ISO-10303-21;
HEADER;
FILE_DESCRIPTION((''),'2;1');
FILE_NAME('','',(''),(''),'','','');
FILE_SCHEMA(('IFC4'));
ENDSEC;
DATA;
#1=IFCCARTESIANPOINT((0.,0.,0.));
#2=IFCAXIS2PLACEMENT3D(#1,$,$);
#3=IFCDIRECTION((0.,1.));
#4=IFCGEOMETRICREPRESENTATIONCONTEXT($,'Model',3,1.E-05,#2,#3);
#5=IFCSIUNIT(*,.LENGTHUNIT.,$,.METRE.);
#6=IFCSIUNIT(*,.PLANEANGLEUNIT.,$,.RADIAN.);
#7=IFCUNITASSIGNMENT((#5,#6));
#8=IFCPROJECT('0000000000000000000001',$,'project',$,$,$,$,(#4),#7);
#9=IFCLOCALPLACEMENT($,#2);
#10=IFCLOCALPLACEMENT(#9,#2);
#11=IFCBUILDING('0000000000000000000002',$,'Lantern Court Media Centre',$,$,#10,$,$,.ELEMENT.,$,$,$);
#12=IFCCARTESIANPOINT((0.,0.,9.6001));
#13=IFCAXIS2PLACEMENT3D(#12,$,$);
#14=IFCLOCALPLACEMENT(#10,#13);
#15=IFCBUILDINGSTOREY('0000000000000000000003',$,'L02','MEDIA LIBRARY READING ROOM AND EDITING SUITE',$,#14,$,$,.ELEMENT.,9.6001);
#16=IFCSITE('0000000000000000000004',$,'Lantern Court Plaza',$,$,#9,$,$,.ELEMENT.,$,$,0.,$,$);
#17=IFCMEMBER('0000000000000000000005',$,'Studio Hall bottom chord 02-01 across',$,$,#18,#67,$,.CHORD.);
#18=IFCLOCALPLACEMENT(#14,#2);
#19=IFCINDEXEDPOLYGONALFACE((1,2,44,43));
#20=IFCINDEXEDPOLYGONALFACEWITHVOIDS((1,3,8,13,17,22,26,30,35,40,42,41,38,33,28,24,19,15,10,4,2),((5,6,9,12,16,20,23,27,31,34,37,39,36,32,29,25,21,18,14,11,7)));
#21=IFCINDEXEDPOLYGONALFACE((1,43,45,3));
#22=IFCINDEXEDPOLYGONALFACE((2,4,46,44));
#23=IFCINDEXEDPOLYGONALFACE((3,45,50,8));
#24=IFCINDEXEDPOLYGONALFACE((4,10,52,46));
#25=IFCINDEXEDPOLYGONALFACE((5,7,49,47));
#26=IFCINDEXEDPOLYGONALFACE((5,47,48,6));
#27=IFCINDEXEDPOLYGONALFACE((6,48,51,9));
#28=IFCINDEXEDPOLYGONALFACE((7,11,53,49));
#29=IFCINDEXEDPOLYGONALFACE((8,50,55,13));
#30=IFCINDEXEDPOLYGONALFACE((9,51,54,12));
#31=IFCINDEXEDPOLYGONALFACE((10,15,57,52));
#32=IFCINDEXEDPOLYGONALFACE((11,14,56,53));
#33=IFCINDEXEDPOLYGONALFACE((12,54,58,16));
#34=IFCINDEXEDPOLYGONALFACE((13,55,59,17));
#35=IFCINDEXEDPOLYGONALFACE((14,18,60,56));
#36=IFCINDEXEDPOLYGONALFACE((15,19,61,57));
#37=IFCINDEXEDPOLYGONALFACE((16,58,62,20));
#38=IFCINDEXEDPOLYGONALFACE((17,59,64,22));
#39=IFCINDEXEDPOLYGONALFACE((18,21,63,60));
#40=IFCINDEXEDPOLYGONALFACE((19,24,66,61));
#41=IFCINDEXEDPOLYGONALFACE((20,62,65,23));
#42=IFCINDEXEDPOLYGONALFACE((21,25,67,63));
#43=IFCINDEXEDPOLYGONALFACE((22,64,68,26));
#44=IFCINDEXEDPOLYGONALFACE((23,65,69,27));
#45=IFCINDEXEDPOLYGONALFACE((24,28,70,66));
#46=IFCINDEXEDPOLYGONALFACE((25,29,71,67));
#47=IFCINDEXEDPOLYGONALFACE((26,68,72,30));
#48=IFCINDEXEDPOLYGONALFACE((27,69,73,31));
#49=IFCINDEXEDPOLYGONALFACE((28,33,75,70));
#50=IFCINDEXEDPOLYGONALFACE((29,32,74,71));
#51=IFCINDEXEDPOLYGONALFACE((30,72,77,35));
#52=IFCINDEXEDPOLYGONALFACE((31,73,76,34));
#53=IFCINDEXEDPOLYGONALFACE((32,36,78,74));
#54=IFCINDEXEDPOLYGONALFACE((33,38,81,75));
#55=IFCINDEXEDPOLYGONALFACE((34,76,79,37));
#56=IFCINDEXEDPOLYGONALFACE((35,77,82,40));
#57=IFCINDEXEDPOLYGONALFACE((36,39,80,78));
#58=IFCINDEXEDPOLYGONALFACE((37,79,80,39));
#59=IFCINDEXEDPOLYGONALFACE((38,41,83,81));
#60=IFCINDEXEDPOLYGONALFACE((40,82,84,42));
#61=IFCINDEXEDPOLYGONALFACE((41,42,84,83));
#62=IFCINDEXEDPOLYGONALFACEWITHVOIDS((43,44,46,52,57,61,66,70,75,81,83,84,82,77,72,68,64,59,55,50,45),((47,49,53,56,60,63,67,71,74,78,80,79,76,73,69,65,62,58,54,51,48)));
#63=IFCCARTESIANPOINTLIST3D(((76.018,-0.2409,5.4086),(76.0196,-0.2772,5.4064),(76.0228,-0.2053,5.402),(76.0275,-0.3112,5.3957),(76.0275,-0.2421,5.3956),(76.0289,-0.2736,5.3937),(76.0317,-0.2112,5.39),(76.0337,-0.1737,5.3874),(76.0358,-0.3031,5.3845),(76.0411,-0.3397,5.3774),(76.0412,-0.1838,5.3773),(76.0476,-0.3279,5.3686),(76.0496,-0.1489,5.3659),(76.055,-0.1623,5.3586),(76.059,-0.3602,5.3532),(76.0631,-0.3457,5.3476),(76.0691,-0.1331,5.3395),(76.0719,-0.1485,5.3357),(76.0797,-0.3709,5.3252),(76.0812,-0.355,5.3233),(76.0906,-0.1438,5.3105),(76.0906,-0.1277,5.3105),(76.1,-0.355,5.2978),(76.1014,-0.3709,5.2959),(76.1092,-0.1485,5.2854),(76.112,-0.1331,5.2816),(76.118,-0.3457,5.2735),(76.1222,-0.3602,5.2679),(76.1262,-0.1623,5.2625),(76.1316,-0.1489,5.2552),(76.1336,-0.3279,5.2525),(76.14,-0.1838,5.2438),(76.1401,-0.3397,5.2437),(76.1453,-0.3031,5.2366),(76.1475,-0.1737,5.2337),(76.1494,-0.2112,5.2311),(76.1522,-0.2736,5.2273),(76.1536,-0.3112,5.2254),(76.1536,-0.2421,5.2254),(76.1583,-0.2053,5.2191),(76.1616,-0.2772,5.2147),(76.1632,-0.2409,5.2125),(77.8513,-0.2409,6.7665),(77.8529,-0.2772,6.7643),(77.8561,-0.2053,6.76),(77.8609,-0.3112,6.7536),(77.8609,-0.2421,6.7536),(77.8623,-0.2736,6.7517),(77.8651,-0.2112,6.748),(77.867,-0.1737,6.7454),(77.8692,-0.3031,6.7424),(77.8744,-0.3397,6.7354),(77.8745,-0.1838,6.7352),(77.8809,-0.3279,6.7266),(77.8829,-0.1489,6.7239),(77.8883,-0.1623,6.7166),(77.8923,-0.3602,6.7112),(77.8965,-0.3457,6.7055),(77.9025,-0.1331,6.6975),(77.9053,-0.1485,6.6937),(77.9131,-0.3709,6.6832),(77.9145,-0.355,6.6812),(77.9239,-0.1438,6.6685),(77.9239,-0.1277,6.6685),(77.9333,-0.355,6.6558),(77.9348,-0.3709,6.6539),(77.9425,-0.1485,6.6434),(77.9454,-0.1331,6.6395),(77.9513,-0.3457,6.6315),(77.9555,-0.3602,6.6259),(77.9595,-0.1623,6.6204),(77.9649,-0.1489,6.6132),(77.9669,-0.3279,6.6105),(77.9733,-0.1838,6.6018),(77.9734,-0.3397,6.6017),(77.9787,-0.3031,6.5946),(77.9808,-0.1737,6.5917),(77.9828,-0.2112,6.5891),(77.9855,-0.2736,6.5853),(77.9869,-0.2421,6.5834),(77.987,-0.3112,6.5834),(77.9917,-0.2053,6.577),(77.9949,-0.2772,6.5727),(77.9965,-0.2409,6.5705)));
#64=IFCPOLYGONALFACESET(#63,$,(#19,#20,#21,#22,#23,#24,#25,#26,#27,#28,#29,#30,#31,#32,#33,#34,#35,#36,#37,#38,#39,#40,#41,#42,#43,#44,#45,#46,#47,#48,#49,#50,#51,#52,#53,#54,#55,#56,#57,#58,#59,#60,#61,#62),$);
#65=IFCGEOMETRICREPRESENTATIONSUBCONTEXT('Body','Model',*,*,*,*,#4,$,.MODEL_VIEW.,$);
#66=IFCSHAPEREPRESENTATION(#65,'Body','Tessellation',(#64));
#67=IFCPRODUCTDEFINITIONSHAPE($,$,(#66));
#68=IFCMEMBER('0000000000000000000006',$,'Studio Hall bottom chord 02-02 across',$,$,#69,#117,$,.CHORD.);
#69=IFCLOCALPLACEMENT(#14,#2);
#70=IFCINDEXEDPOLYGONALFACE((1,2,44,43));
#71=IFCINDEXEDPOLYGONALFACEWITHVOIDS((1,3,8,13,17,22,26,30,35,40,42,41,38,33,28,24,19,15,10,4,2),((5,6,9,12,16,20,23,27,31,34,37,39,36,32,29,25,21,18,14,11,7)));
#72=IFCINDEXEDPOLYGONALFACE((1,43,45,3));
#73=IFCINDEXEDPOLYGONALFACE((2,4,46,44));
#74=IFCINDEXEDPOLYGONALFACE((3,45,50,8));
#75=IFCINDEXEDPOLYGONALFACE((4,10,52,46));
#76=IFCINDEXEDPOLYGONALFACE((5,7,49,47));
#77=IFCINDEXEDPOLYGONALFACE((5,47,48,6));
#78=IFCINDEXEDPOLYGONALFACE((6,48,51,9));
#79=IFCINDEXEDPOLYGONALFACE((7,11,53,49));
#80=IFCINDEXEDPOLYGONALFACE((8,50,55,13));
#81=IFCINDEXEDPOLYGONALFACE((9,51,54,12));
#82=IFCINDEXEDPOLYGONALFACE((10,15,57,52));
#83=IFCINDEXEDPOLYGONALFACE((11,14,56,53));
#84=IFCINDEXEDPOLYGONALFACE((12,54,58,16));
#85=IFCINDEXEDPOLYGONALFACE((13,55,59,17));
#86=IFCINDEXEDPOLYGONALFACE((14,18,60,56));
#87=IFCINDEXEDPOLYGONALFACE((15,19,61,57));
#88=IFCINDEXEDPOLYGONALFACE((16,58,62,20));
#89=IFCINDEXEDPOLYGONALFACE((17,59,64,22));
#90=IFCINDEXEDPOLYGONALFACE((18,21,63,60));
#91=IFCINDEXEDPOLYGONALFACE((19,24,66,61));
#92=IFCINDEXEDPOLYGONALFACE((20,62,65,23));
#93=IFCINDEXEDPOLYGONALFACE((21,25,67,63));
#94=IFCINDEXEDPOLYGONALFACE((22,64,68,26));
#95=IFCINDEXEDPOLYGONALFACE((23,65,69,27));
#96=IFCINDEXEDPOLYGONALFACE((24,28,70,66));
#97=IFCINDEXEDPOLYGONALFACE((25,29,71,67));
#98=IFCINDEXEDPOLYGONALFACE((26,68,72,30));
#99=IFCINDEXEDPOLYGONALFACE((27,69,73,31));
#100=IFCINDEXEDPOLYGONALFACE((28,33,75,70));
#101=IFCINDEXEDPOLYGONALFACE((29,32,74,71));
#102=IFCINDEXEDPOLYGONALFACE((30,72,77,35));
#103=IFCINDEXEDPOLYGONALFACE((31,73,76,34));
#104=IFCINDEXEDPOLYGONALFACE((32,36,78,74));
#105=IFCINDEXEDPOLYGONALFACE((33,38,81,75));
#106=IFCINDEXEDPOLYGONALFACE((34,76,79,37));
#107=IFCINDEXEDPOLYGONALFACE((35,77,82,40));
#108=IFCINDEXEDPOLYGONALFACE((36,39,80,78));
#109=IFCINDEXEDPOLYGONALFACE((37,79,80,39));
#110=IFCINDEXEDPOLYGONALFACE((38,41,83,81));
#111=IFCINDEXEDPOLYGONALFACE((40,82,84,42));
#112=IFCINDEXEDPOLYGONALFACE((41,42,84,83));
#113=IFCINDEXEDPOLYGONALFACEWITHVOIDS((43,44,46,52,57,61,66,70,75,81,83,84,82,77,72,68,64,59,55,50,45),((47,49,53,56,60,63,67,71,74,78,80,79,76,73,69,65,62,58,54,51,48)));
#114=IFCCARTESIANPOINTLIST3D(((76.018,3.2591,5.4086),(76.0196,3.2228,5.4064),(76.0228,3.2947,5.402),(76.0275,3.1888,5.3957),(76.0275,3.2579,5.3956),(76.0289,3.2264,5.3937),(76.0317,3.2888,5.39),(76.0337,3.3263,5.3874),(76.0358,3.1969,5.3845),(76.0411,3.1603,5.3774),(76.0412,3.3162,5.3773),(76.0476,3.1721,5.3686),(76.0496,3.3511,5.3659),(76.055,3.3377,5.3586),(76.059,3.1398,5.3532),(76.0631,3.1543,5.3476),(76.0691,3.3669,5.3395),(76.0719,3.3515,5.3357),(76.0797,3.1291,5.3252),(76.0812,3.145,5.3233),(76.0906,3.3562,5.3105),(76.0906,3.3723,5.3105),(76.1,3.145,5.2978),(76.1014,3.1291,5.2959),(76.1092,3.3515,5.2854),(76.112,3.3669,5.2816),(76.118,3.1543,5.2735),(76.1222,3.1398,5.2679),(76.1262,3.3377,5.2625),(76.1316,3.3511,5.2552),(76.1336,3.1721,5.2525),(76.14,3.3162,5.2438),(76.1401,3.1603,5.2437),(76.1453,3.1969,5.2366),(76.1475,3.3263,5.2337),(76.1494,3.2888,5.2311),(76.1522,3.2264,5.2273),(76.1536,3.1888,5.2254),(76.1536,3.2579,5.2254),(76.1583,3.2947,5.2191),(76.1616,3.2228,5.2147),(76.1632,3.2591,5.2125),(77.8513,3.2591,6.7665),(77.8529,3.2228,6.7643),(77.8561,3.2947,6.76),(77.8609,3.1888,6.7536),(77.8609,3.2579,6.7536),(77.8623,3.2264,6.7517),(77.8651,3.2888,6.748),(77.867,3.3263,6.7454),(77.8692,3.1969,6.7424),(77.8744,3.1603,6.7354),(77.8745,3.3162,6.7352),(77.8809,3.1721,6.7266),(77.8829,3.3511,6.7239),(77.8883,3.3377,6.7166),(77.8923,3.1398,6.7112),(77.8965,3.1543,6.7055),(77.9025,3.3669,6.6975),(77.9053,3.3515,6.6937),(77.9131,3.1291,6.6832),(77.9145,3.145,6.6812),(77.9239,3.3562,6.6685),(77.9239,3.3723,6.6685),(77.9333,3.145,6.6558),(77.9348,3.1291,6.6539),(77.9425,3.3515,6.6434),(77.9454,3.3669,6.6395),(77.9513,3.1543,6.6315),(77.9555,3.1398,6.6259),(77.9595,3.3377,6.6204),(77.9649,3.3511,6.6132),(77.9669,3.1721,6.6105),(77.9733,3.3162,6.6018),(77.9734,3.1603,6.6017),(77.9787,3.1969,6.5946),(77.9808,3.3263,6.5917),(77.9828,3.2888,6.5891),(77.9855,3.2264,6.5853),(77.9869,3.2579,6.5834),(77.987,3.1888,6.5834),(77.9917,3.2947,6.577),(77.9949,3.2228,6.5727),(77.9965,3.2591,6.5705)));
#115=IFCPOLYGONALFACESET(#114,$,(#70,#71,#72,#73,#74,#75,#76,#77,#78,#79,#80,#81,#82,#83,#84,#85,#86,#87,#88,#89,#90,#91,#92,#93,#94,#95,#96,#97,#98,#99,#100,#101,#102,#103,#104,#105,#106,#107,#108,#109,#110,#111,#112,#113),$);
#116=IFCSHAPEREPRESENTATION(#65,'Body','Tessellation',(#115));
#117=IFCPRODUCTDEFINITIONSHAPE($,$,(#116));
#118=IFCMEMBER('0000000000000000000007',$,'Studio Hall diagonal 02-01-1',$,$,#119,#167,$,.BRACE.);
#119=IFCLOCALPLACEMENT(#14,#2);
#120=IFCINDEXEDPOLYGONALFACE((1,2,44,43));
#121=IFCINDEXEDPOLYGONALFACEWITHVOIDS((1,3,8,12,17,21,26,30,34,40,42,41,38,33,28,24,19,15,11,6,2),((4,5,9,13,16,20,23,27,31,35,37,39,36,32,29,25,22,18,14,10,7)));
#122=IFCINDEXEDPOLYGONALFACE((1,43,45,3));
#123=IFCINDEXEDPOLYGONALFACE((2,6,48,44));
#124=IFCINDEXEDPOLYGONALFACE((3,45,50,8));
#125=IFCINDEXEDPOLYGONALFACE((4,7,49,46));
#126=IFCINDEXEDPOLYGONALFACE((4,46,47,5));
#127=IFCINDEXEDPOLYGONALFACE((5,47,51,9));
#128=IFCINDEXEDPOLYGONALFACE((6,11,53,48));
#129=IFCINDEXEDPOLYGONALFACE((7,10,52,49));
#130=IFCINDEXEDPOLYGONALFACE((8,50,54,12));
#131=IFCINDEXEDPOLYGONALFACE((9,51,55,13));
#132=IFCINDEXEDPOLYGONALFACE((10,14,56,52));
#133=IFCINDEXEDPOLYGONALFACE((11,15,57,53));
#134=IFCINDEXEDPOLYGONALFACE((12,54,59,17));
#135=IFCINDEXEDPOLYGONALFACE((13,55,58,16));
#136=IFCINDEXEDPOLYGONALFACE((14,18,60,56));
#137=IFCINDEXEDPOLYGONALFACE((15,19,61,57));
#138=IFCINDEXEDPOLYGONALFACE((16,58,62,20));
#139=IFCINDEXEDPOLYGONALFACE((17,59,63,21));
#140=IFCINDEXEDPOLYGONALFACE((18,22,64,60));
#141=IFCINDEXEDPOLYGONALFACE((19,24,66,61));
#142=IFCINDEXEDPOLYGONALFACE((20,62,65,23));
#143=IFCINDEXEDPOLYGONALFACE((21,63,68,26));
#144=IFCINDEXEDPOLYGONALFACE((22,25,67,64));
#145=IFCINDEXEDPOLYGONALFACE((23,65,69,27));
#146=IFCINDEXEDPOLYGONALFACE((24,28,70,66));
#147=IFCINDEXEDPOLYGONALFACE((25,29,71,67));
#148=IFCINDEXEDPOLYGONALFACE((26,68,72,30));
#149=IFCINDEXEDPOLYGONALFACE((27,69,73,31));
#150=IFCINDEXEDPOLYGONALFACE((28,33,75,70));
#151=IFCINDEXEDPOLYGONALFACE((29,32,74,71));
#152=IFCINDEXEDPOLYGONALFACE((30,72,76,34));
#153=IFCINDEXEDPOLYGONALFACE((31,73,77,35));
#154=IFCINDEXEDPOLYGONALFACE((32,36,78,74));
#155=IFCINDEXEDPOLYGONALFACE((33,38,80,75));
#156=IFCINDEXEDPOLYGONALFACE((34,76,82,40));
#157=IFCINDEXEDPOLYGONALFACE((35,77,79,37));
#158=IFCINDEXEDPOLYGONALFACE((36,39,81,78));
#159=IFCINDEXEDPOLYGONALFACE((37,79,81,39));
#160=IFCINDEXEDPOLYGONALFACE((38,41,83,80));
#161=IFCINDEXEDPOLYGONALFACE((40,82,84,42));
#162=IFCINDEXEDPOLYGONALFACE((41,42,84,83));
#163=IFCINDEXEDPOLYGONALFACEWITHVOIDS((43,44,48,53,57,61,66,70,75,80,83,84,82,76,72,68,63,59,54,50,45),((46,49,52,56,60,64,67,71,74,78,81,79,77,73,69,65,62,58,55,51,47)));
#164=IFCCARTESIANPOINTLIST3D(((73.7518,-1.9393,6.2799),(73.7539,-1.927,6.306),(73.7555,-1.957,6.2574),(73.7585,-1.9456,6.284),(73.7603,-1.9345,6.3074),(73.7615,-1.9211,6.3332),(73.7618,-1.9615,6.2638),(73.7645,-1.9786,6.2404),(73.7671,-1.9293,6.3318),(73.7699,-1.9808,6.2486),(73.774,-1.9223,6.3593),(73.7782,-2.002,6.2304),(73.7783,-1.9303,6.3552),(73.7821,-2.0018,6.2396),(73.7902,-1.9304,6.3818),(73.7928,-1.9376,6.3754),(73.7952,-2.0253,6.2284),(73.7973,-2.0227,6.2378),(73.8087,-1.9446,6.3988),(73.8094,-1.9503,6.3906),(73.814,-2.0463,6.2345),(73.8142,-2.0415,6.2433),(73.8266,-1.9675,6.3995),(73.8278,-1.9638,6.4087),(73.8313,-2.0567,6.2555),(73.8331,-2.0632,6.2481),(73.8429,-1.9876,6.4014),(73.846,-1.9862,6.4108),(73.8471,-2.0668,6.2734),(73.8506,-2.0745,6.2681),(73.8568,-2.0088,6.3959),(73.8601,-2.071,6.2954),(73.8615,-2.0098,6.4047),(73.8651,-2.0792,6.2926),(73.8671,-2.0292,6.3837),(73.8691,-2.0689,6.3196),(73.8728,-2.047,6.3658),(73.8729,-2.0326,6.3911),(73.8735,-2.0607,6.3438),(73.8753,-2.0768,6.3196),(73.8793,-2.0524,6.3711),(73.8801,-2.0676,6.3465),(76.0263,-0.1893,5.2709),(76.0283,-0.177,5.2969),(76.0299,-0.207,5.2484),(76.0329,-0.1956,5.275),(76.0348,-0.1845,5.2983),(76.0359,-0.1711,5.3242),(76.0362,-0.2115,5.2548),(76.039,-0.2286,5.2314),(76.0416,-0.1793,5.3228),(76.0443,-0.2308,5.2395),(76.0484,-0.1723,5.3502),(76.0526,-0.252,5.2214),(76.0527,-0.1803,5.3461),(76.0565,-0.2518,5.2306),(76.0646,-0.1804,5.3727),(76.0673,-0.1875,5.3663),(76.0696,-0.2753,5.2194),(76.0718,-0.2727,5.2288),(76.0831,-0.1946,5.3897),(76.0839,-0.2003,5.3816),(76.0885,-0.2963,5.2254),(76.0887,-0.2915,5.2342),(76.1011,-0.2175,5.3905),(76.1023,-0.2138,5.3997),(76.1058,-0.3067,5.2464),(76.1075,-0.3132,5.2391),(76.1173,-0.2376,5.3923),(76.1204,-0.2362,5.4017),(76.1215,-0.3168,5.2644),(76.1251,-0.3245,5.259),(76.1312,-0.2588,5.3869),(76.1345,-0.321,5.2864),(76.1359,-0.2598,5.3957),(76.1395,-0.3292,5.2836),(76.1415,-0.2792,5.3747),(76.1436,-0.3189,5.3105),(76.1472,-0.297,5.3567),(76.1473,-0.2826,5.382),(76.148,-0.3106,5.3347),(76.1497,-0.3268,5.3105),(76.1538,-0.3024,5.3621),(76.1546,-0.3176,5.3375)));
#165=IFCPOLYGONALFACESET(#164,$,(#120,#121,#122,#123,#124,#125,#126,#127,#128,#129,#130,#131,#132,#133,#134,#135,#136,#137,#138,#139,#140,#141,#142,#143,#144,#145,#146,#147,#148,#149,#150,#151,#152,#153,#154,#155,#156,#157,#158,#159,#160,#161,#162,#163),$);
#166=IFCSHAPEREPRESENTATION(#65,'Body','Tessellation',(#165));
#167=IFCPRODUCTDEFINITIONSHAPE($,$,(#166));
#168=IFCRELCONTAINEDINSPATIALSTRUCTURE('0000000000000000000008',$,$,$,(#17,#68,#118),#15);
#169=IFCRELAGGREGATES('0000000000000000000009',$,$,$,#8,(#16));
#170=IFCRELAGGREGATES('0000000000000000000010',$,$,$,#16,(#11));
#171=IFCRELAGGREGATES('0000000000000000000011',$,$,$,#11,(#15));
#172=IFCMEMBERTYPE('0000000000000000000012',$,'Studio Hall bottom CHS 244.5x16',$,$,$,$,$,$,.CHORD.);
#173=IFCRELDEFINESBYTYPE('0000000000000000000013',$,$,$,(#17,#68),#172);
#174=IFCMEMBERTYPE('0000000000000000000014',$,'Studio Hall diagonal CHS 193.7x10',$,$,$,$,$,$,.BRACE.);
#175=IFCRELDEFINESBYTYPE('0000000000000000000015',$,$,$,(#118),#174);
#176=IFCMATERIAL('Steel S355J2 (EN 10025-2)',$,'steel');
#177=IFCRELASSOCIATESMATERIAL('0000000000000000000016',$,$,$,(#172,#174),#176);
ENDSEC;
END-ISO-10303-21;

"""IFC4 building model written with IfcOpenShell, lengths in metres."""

from ifc_helpers import new_model, si_unit, direction, frame, origin, origin_2d, place, context, subcontext, project, spatial, hollow_circle, extrude, material, material_profile, profile_set, type_object, element, save


model = new_model("IFC4")

# Units and contexts
model_context = context("Model", 3, precision=1e-05, world=origin(), true_north=direction((0.0, 1.0)))
body_context = subcontext(model_context, "Body", "Model", "MODEL_VIEW")
ifc_project = project(units=[si_unit("LENGTHUNIT", "METRE"), si_unit("PLANEANGLEUNIT", "RADIAN")], contexts=[model_context])

# Site, building, storey
site_placement = place(None, origin())
site = spatial("IfcSite", under=ifc_project, at=site_placement, Name="Lantern Court Plaza", CompositionType="ELEMENT", RefElevation=0.0)
building_placement = place(site_placement, origin())
building = spatial("IfcBuilding", under=site, at=building_placement, Name="Lantern Court Media Centre", CompositionType="ELEMENT")
storey_placement = place(building_placement, frame((0.0, 0.0, 9.6001)))
storey = spatial("IfcBuildingStorey", under=building, at=storey_placement, Name="L02", Description="MEDIA LIBRARY READING ROOM AND EDITING SUITE", CompositionType="ELEMENT", Elevation=9.6001)

# Members
ifc_material_1 = material(Name="Steel S355J2 (EN 10025-2)", Category="steel")
ifc_material_profile_1 = material_profile(ifc_material_1, hollow_circle(Radius=0.1223, WallThickness=0.0161, at=origin_2d()), Name="Studio Hall bottom CHS 244.5x16")
ifc_profile_set_1 = profile_set([ifc_material_profile_1], Name="Steel S355J2 (EN 10025-2)")
member_type_1 = type_object("IfcMemberType", Name="Studio Hall bottom CHS 244.5x16", PredefinedType="CHORD", material=ifc_profile_set_1)
for number, where, z_axis, x_axis, name in (
    (1, (76.0906, -0.25, 5.3105), (0.803569, 0.0, 0.595212), (0.0, 1.0, 0.0), "Studio Hall bottom chord 02-01 across"),
    (2, (76.0906, 3.25, 5.3105), (0.803569, 0.0, 0.595212), (0.0, 1.0, 0.0), "Studio Hall bottom chord 02-02 across"),
):
    element("IfcMember", number, at=place(storey_placement, frame(where, z_axis=z_axis, x_axis=x_axis)), inside=storey, type_object=member_type_1, Name=name, PredefinedType="CHORD", context=body_context, shape_type="SweptSolid", body=[
        extrude(hollow_circle(Radius=0.1223, WallThickness=0.0161, at=origin_2d()), origin(), (0.0, 0.0, 1.0), 2.2815),
    ])
ifc_material_profile_2 = material_profile(ifc_material_1, hollow_circle(Radius=0.0969, WallThickness=0.01, at=origin_2d()), Name="Studio Hall diagonal CHS 193.7x10")
ifc_profile_set_2 = profile_set([ifc_material_profile_2], Name="Steel S355J2 (EN 10025-2)")
member_type_2 = type_object("IfcMemberType", Name="Studio Hall diagonal CHS 193.7x10", PredefinedType="BRACE", material=ifc_profile_set_2)
for number, where, z_axis, x_axis, name in (
    (3, (76.0906, -0.25, 5.3105), (-0.747677, -0.575284, 0.331703), (0.609809, -0.792548, 0.0), "Studio Hall diagonal 02-01-1"),
):
    element("IfcMember", number, at=place(storey_placement, frame(where, z_axis=z_axis, x_axis=x_axis)), inside=storey, type_object=member_type_2, Name=name, PredefinedType="BRACE", context=body_context, shape_type="SweptSolid", body=[
        extrude(hollow_circle(Radius=0.0969, WallThickness=0.01, at=origin_2d()), origin(), (0.0, 0.0, 1.0), 3.042),
    ])

save(model, "model.ifc")
